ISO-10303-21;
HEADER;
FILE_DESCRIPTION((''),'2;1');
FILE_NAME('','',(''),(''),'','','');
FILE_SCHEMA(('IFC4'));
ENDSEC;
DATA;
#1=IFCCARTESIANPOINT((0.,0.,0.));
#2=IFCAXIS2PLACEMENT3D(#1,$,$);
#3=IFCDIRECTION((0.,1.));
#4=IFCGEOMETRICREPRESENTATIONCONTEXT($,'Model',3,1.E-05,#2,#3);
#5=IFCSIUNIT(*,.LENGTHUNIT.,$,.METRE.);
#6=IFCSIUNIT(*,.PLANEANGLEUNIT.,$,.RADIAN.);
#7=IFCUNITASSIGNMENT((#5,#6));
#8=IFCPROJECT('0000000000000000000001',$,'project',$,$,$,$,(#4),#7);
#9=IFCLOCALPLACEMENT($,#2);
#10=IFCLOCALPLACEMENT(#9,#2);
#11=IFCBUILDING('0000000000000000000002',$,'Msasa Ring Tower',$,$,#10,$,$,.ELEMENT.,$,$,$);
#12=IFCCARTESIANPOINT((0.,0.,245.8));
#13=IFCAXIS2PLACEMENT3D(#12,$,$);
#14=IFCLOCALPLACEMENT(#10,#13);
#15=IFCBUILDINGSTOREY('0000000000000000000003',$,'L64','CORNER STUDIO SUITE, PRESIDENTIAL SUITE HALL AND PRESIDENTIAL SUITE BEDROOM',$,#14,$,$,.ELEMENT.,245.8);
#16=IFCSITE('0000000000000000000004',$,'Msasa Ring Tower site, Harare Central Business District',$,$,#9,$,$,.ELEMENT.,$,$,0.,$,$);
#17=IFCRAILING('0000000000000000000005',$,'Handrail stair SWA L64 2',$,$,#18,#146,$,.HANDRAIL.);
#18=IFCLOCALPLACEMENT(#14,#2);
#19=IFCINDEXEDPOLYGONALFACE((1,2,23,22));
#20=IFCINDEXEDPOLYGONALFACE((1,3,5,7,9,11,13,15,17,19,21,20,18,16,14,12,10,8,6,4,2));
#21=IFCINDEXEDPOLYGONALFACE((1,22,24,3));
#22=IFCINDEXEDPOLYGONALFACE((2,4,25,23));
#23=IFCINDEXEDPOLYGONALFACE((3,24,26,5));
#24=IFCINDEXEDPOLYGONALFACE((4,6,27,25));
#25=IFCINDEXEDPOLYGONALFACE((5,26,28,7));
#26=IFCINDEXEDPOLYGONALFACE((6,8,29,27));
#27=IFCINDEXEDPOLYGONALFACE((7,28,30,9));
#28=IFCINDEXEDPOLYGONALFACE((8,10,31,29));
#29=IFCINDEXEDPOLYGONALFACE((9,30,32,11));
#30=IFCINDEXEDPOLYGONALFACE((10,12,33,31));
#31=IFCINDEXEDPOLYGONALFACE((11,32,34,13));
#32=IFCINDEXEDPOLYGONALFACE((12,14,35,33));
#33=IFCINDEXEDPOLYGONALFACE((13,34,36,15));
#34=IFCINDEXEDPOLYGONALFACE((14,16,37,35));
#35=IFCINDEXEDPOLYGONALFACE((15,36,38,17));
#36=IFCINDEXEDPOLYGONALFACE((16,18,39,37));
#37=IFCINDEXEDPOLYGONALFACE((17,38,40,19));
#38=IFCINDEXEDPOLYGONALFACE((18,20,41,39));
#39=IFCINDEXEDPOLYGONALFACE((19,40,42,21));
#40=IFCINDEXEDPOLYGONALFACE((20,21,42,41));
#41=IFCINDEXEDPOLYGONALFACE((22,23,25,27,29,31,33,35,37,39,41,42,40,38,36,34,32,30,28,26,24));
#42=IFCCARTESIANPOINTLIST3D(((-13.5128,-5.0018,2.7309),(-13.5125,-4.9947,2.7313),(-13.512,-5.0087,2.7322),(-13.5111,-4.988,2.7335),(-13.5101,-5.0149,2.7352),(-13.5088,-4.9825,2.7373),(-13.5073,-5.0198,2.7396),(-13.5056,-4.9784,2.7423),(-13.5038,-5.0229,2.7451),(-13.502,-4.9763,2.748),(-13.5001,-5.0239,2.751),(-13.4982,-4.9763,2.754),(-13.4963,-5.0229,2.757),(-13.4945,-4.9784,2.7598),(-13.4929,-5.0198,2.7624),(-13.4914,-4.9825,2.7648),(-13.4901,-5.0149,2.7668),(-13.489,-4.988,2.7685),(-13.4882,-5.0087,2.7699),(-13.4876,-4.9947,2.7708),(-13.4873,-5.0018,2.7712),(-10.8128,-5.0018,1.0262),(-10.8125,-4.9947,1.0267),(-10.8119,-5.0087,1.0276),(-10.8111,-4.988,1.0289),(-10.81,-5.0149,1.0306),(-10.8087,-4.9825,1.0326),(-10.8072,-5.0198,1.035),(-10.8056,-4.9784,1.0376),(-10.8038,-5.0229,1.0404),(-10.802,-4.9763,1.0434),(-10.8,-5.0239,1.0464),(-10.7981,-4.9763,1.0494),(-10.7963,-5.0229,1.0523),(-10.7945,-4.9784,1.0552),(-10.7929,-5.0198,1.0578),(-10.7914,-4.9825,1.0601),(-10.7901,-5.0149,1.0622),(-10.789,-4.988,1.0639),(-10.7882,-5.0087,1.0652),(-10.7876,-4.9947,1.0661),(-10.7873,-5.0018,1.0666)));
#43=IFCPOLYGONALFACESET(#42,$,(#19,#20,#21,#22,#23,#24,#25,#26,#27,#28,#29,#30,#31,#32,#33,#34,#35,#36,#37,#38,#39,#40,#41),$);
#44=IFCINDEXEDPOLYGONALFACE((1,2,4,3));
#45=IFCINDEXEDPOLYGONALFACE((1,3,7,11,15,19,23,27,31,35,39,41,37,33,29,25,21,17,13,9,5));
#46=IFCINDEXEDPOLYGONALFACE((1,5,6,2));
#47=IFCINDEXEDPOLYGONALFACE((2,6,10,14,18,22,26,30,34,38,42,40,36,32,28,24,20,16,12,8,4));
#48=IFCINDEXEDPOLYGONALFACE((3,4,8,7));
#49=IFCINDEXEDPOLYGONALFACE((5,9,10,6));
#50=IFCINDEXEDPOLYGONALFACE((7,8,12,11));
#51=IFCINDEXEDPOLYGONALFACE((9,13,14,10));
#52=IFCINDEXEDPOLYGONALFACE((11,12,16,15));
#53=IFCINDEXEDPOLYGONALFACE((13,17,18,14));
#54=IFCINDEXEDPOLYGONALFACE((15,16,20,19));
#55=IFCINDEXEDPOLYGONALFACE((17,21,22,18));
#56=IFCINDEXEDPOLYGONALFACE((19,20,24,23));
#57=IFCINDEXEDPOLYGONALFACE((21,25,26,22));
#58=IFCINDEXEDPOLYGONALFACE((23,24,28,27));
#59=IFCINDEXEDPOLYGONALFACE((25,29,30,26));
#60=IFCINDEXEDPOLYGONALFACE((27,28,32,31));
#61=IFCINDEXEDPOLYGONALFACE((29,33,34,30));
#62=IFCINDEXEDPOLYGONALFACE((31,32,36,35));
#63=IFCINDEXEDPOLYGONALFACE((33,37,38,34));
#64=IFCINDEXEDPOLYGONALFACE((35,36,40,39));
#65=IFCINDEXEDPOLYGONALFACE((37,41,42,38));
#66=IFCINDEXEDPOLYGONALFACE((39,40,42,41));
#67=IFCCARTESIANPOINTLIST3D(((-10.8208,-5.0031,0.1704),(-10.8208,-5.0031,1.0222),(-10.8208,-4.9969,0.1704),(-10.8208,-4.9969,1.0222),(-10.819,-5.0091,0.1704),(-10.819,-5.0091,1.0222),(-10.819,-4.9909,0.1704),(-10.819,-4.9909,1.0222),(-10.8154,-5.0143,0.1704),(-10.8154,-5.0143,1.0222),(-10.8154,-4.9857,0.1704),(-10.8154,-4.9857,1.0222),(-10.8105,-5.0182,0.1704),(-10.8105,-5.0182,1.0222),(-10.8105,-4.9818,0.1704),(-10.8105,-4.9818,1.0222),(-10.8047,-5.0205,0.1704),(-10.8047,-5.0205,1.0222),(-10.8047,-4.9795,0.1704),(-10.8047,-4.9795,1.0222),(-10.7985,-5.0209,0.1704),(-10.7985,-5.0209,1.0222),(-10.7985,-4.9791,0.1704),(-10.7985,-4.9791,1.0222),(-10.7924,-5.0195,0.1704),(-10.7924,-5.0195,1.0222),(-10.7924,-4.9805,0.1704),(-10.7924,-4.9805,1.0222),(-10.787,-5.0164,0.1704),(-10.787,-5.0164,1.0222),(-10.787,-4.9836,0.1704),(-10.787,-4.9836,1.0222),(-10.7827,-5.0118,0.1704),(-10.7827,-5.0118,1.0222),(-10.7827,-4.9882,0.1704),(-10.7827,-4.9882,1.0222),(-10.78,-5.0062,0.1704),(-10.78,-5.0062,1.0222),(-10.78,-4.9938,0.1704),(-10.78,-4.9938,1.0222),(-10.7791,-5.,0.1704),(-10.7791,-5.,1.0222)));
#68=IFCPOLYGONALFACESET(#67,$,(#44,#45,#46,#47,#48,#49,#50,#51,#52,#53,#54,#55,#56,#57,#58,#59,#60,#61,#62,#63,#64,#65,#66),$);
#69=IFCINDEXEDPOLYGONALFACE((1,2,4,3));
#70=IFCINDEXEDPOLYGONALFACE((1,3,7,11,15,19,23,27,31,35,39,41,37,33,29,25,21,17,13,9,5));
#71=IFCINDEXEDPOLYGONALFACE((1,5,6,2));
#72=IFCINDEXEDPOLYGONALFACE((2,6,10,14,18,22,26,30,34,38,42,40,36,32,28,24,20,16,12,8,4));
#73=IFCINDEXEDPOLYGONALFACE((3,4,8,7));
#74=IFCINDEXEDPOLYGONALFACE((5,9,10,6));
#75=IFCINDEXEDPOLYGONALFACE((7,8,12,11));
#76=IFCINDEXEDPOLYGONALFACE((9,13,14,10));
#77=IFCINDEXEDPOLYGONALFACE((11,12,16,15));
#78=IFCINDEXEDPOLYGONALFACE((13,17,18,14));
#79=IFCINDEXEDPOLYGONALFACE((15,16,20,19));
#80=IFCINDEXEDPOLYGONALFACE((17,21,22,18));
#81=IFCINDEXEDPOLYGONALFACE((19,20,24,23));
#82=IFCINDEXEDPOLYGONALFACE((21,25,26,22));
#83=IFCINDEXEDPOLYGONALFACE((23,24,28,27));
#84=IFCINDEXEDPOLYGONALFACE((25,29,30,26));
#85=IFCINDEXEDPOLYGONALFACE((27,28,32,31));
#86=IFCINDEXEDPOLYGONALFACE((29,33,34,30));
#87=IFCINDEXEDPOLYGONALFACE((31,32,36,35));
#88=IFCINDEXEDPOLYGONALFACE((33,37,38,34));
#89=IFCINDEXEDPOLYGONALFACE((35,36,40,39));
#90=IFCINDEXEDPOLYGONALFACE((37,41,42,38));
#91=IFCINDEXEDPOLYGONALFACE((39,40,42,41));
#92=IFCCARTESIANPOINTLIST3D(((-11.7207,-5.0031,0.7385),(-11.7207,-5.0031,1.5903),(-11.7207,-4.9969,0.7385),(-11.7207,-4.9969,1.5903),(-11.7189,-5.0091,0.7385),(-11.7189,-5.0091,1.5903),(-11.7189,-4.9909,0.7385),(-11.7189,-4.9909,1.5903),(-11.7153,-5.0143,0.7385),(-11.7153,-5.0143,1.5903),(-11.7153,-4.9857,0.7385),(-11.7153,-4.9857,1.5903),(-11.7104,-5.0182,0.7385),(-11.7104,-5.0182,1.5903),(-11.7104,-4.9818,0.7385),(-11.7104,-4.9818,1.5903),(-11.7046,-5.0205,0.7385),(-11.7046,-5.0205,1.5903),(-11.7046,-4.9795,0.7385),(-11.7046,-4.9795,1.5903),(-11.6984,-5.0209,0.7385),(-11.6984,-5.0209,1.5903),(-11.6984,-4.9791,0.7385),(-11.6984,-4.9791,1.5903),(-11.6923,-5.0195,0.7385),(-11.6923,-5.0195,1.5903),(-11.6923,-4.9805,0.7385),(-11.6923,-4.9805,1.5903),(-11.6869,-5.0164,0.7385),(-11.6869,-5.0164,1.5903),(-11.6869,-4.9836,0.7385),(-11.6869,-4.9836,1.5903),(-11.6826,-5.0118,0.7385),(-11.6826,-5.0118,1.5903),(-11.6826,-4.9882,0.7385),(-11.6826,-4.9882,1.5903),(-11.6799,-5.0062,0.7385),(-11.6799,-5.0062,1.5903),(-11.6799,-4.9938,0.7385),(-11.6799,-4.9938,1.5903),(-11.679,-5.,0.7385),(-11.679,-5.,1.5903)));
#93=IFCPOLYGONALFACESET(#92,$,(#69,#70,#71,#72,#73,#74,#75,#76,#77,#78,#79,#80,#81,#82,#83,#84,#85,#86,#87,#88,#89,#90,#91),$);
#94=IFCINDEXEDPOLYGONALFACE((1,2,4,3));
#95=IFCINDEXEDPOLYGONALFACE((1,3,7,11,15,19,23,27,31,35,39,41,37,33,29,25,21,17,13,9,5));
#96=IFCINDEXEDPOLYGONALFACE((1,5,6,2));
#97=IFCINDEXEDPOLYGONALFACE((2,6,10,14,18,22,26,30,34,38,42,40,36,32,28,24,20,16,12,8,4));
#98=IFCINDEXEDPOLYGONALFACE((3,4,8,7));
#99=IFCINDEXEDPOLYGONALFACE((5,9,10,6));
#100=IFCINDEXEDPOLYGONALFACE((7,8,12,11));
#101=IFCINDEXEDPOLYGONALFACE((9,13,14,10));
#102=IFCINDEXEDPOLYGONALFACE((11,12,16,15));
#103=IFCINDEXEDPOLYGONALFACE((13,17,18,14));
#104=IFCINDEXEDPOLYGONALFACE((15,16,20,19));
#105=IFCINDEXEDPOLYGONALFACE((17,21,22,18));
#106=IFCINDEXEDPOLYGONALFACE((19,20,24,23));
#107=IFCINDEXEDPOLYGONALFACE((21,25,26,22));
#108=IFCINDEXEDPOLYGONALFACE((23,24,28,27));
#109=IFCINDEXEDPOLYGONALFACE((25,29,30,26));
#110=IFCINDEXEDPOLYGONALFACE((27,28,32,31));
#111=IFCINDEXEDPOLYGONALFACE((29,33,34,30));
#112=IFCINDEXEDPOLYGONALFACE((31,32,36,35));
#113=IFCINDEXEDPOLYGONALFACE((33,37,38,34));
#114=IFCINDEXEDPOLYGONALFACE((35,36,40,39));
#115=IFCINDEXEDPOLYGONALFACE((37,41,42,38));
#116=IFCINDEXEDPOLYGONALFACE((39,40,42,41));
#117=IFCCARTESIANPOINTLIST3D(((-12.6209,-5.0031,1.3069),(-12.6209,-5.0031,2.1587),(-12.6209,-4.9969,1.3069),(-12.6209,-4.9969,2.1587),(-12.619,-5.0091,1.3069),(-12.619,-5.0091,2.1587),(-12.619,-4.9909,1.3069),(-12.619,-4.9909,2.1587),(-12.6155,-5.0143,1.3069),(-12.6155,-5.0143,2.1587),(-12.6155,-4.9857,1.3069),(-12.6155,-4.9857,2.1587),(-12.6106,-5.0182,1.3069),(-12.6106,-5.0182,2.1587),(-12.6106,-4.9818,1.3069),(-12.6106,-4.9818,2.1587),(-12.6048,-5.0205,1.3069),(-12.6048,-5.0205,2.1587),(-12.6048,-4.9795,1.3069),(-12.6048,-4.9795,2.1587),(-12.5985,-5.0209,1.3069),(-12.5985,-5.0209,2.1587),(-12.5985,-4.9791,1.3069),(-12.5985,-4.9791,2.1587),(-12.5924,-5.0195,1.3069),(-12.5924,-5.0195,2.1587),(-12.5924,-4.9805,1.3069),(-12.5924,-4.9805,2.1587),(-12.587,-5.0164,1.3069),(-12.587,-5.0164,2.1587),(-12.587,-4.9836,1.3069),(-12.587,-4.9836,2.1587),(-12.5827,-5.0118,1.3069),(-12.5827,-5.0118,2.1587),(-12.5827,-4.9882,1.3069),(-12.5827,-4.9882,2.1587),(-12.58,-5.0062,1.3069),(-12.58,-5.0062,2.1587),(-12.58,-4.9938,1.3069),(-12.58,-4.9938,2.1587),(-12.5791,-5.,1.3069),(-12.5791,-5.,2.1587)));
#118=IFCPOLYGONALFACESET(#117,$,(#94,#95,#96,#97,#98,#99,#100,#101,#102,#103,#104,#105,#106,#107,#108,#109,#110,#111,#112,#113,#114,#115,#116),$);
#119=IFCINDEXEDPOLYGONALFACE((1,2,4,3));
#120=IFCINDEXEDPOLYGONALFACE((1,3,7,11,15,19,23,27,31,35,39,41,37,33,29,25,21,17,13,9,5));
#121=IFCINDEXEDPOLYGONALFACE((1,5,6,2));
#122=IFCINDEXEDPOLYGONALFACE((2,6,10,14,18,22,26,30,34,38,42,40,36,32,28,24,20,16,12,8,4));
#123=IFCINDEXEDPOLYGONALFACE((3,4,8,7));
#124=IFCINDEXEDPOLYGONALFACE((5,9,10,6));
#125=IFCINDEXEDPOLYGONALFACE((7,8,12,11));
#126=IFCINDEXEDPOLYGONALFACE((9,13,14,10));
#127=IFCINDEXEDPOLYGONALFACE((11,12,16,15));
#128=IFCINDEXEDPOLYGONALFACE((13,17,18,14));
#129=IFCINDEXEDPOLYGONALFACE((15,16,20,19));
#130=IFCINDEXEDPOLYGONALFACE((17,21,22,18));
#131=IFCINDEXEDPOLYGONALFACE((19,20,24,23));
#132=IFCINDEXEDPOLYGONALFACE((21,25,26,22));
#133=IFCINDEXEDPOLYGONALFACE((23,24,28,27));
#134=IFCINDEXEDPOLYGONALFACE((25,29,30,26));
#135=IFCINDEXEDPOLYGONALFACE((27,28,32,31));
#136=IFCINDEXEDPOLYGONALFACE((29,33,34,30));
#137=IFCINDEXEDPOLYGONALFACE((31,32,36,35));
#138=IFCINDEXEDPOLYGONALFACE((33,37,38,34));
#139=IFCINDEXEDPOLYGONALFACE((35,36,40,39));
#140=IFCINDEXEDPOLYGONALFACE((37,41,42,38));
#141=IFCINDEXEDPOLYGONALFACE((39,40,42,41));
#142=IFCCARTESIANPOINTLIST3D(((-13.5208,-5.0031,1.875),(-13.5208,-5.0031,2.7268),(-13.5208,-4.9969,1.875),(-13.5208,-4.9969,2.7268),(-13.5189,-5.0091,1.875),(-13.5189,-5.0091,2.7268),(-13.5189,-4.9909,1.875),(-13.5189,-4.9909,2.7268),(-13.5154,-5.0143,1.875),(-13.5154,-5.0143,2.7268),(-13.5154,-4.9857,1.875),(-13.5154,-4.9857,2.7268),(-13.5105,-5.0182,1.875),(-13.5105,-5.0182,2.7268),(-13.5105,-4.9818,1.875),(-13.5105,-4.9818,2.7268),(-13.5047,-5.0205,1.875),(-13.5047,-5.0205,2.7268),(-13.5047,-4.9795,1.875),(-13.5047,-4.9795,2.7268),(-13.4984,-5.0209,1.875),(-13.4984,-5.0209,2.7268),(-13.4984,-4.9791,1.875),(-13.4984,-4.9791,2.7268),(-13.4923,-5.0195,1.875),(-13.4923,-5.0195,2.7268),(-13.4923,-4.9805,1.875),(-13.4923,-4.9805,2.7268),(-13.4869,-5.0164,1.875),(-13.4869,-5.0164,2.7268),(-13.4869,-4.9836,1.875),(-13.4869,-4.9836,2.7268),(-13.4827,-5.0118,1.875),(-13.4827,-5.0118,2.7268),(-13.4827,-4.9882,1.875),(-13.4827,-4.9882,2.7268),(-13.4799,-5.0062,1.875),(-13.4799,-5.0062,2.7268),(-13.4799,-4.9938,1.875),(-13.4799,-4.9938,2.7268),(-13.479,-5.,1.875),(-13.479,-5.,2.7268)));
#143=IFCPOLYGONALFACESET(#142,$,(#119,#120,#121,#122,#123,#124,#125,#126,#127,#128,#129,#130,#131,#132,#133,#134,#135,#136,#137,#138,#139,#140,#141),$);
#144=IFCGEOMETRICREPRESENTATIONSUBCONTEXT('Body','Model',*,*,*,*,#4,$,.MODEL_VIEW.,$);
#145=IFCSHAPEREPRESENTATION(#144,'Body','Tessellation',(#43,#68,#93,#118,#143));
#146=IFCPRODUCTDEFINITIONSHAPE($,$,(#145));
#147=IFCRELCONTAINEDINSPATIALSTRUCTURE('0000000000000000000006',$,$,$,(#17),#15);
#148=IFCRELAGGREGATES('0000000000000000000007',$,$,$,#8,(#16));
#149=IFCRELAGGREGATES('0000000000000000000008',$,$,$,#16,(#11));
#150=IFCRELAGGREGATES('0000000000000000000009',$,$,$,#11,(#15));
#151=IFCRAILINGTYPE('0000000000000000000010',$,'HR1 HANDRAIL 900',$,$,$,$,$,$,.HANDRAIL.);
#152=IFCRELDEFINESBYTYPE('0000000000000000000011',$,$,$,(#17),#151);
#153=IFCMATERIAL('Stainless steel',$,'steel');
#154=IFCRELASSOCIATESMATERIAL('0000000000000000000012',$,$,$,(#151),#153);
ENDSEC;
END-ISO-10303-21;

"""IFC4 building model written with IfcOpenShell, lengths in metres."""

from ifc_helpers import new_model, si_unit, direction, frame, origin, origin_2d, place, context, subcontext, project, spatial, circle, extrude, material, type_object, element, save


model = new_model("IFC4")

# Units and contexts
model_context = context("Model", 3, precision=1e-05, world=origin(), true_north=direction((0.0, 1.0)))
body_context = subcontext(model_context, "Body", "Model", "MODEL_VIEW")
ifc_project = project(units=[si_unit("LENGTHUNIT", "METRE"), si_unit("PLANEANGLEUNIT", "RADIAN")], contexts=[model_context])

# Site, building, storey
site_placement = place(None, origin())
site = spatial("IfcSite", under=ifc_project, at=site_placement, Name="Msasa Ring Tower site, Harare Central Business District", CompositionType="ELEMENT", RefElevation=0.0)
building_placement = place(site_placement, origin())
building = spatial("IfcBuilding", under=site, at=building_placement, Name="Msasa Ring Tower", CompositionType="ELEMENT")
storey_placement = place(building_placement, frame((0.0, 0.0, 245.8)))
storey = spatial("IfcBuildingStorey", under=building, at=storey_placement, Name="L64", Description="CORNER STUDIO SUITE, PRESIDENTIAL SUITE HALL AND PRESIDENTIAL SUITE BEDROOM", CompositionType="ELEMENT", Elevation=245.8)

# Railing
ifc_material_1 = material(Name="Stainless steel", Category="steel")
railing_type = type_object("IfcRailingType", Name="HR1 HANDRAIL 900", PredefinedType="HANDRAIL", material=ifc_material_1)
for number, where, name in (
    (1, (-10.8, -5.0, 0.1704), "Handrail stair SWA L64 2"),
):
    element("IfcRailing", number, at=place(storey_placement, frame(where)), inside=storey, type_object=railing_type, Name=name, PredefinedType="HANDRAIL", context=body_context, shape_type="SweptSolid", body=[
        extrude(circle(Radius=0.0239, at=origin_2d()), frame((0.0, 0.0, 0.876), z_axis=(-0.84558, 0.0, 0.533849), x_axis=(0.0, -1.0, 0.0)), (0.0, 0.0, 1.0), 3.1931),
        extrude(circle(Radius=0.021, at=origin_2d()), origin(), (0.0, 0.0, 1.0), 0.8518),
        extrude(circle(Radius=0.021, at=origin_2d()), frame((-0.8999, 0.0, 0.5681)), (0.0, 0.0, 1.0), 0.8518),
        extrude(circle(Radius=0.021, at=origin_2d()), frame((-1.8, 0.0, 1.1365)), (0.0, 0.0, 1.0), 0.8518),
        extrude(circle(Radius=0.021, at=origin_2d()), frame((-2.7, 0.0, 1.7046)), (0.0, 0.0, 1.0), 0.8518),
    ])

save(model, "model.ifc")
